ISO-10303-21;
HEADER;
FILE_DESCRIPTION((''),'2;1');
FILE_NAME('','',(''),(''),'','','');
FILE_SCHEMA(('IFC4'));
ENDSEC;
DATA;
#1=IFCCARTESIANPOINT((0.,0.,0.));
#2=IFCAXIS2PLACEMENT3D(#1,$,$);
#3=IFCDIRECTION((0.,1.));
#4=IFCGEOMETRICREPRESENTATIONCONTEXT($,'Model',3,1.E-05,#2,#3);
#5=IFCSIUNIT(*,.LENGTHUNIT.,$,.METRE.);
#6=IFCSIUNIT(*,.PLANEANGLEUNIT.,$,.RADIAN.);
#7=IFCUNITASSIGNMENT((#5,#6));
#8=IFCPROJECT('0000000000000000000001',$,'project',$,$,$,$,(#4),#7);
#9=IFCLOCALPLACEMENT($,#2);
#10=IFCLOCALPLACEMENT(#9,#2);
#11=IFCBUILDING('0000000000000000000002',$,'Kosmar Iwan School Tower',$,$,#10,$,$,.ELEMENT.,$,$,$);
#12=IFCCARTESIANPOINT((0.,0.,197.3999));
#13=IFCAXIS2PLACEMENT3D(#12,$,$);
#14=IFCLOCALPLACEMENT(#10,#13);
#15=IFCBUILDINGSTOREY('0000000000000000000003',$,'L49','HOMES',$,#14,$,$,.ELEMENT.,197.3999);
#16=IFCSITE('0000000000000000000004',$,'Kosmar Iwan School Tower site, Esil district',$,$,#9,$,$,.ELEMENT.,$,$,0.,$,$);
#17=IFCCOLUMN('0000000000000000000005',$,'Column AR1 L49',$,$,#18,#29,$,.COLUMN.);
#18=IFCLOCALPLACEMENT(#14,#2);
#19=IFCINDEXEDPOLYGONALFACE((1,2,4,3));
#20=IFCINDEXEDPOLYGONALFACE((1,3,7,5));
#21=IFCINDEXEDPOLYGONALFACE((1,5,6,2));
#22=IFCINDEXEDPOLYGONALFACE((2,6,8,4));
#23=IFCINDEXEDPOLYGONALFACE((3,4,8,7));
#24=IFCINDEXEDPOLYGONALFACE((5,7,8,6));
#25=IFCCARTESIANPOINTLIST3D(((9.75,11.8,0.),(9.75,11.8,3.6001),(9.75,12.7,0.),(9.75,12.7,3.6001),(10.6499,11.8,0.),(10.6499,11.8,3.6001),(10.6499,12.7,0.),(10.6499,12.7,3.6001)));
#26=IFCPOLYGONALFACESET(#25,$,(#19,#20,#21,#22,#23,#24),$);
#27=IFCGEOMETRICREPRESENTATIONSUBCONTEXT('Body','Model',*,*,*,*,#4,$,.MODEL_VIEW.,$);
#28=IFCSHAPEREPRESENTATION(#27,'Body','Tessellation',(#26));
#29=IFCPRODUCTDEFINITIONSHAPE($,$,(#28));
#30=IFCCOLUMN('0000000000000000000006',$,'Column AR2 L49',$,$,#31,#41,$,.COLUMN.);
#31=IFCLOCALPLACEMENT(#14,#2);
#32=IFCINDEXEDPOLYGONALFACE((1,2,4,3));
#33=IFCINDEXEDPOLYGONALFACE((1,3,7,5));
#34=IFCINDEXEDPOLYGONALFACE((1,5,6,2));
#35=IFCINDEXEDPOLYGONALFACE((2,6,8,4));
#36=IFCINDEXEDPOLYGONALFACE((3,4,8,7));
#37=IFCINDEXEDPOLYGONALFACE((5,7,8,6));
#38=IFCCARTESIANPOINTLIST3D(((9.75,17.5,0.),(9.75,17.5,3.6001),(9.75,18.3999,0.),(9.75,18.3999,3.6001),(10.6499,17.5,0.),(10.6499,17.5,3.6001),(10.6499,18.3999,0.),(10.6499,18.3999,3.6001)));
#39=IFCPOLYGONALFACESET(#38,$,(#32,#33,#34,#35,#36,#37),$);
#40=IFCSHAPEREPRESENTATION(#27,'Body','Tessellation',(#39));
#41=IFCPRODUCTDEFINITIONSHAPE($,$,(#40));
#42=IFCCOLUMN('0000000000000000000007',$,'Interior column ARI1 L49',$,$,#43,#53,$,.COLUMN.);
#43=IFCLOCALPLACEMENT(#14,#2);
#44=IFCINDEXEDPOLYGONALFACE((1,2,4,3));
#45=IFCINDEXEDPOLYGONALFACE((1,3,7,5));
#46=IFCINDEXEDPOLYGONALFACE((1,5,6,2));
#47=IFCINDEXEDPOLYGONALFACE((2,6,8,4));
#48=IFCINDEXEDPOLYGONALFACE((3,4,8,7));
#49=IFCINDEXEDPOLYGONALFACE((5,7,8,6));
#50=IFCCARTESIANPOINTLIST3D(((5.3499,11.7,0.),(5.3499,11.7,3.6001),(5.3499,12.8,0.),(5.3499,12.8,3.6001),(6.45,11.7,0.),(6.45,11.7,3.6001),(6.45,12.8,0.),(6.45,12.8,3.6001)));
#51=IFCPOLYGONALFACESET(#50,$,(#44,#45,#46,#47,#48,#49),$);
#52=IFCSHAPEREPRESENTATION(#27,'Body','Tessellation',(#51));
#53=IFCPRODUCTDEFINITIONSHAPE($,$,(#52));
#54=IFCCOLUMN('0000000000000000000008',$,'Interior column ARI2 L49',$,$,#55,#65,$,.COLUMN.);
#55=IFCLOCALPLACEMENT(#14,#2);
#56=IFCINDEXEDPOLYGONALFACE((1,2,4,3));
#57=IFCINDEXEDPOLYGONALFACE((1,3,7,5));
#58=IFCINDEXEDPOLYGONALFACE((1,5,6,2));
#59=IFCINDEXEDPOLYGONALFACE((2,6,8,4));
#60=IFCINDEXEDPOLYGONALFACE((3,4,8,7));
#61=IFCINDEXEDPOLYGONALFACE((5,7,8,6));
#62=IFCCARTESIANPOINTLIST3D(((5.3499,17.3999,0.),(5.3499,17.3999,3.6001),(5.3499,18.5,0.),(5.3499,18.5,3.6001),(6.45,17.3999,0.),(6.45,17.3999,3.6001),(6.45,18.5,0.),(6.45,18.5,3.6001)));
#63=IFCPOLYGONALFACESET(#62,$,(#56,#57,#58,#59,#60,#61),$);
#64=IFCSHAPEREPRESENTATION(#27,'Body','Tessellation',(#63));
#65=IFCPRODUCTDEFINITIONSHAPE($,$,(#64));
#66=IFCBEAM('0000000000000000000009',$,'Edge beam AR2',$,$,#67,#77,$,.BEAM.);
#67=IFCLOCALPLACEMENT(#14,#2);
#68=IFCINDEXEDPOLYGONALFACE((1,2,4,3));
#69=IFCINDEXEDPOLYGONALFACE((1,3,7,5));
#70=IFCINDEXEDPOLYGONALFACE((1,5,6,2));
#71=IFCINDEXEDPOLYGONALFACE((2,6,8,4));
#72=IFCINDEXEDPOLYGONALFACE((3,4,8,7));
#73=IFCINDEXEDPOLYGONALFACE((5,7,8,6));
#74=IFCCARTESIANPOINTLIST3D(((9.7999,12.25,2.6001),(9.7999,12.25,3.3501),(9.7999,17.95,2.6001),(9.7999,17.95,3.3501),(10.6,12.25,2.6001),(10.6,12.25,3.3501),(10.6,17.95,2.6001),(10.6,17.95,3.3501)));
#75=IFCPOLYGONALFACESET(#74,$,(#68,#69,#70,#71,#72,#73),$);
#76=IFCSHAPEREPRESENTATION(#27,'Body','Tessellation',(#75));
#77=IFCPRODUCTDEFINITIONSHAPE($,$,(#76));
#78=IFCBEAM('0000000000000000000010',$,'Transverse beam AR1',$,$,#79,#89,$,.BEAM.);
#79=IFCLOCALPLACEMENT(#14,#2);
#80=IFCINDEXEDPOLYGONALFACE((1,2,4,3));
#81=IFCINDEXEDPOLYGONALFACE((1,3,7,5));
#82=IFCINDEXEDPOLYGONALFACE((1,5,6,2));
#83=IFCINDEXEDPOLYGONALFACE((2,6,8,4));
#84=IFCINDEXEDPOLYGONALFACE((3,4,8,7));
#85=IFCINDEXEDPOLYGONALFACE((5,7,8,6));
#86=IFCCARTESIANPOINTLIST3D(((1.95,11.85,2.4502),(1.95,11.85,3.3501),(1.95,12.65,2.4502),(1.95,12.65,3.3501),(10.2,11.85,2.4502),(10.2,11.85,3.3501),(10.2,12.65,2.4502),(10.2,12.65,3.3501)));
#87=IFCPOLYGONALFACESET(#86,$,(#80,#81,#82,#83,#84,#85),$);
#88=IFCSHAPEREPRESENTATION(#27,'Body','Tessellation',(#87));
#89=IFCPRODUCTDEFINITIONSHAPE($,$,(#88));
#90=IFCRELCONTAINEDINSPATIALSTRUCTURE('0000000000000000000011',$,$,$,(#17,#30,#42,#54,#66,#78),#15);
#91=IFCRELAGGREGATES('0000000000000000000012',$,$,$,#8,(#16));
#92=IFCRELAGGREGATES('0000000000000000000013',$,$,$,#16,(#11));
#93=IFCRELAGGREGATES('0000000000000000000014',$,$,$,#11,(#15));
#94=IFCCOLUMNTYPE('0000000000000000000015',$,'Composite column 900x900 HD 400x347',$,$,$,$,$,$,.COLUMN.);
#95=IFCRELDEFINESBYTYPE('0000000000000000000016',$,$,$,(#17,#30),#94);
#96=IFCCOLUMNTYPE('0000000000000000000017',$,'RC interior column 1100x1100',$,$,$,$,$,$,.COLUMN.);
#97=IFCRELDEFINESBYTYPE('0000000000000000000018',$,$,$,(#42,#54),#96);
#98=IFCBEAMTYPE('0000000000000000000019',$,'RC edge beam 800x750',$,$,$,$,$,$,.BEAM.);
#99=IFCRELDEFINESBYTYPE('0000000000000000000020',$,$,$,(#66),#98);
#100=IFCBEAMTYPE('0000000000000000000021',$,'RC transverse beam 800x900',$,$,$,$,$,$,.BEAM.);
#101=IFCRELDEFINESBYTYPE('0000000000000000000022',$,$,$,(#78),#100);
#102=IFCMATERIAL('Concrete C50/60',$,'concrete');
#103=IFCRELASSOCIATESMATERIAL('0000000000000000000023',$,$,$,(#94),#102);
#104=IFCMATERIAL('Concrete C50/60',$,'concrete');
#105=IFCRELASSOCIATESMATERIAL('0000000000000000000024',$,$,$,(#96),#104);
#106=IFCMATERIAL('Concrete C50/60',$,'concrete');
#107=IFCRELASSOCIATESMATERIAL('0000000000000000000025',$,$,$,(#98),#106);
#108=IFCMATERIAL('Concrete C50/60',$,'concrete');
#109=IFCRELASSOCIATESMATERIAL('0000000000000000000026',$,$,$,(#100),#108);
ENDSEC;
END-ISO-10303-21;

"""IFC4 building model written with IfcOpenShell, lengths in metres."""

from ifc_helpers import new_model, si_unit, direction, frame, origin, origin_2d, place, context, subcontext, project, spatial, rectangle, extrude, material, material_profile, profile_set, type_object, element, save


model = new_model("IFC4")

# Units and contexts
model_context = context("Model", 3, precision=1e-05, world=origin(), true_north=direction((0.0, 1.0)))
body_context = subcontext(model_context, "Body", "Model", "MODEL_VIEW")
ifc_project = project(units=[si_unit("LENGTHUNIT", "METRE"), si_unit("PLANEANGLEUNIT", "RADIAN")], contexts=[model_context])

# Site, building, storey
site_placement = place(None, origin())
site = spatial("IfcSite", under=ifc_project, at=site_placement, Name="Kosmar Iwan School Tower site, Esil district", CompositionType="ELEMENT", RefElevation=0.0)
building_placement = place(site_placement, origin())
building = spatial("IfcBuilding", under=site, at=building_placement, Name="Kosmar Iwan School Tower", CompositionType="ELEMENT")
storey_placement = place(building_placement, frame((0.0, 0.0, 197.3999)))
storey = spatial("IfcBuildingStorey", under=building, at=storey_placement, Name="L49", Description="HOMES", CompositionType="ELEMENT", Elevation=197.3999)

# Columns
ifc_material_1 = material(Name="Concrete C50/60", Category="concrete")
ifc_material_profile_1 = material_profile(ifc_material_1, rectangle(XDim=0.8999, YDim=0.8999, at=origin_2d()), Name="RC 900x900 + HD 400x347")
ifc_profile_set_1 = profile_set([ifc_material_profile_1], Name="Concrete C50/60")
column_type_1 = type_object("IfcColumnType", Name="Composite column 900x900 HD 400x347", PredefinedType="COLUMN", material=ifc_profile_set_1)
for number, where, z_axis, x_axis, name in (
    (1, (10.2, 12.25, 0.0), (0.0, 0.0, 1.0), (0.0, 1.0, 0.0), "Column AR1 L49"),
    (2, (10.2, 17.95, 0.0), (0.0, 0.0, 1.0), (0.0, 1.0, 0.0), "Column AR2 L49"),
):
    element("IfcColumn", number, at=place(storey_placement, frame(where, z_axis=z_axis, x_axis=x_axis)), inside=storey, type_object=column_type_1, Name=name, PredefinedType="COLUMN", context=body_context, shape_type="SweptSolid", body=[
        extrude(rectangle(XDim=0.8999, YDim=0.8999, at=origin_2d()), origin(), (0.0, 0.0, 1.0), 3.6001),
    ])
ifc_material_2 = material(Name="Concrete C50/60", Category="concrete")
ifc_material_profile_2 = material_profile(ifc_material_2, rectangle(XDim=1.1001, YDim=1.1001, at=origin_2d()), Name="RC 1100x1100")
ifc_profile_set_2 = profile_set([ifc_material_profile_2], Name="Concrete C50/60")
column_type_2 = type_object("IfcColumnType", Name="RC interior column 1100x1100", PredefinedType="COLUMN", material=ifc_profile_set_2)
for number, where, z_axis, x_axis, name in (
    (3, (5.8999, 12.25, 0.0), (0.0, 0.0, 1.0), (0.0, 1.0, 0.0), "Interior column ARI1 L49"),
    (4, (5.8999, 17.95, 0.0), (0.0, 0.0, 1.0), (0.0, 1.0, 0.0), "Interior column ARI2 L49"),
):
    element("IfcColumn", number, at=place(storey_placement, frame(where, z_axis=z_axis, x_axis=x_axis)), inside=storey, type_object=column_type_2, Name=name, PredefinedType="COLUMN", context=body_context, shape_type="SweptSolid", body=[
        extrude(rectangle(XDim=1.1001, YDim=1.1001, at=origin_2d()), origin(), (0.0, 0.0, 1.0), 3.6001),
    ])

# Beams
ifc_material_3 = material(Name="Concrete C50/60", Category="concrete")
ifc_material_profile_3 = material_profile(ifc_material_3, rectangle(XDim=0.8, YDim=0.75, at=origin_2d()), Name="RC 800x750")
ifc_profile_set_3 = profile_set([ifc_material_profile_3], Name="Concrete C50/60")
beam_type_1 = type_object("IfcBeamType", Name="RC edge beam 800x750", PredefinedType="BEAM", material=ifc_profile_set_3)
beam_1_placement = place(storey_placement, frame((10.2, 12.25, 2.9751), z_axis=(0.0, 1.0, 0.0), x_axis=(-1.0, 0.0, 0.0)))
element("IfcBeam", 5, at=beam_1_placement, inside=storey, type_object=beam_type_1, Name="Edge beam AR2", PredefinedType="BEAM", context=body_context, shape_type="SweptSolid", body=[
    extrude(rectangle(XDim=0.8, YDim=0.75, at=origin_2d()), origin(), (0.0, 0.0, 1.0), 5.7),
])
ifc_material_4 = material(Name="Concrete C50/60", Category="concrete")
ifc_material_profile_4 = material_profile(ifc_material_4, rectangle(XDim=0.8, YDim=0.8999, at=origin_2d()), Name="RC 800x900")
ifc_profile_set_4 = profile_set([ifc_material_profile_4], Name="Concrete C50/60")
beam_type_2 = type_object("IfcBeamType", Name="RC transverse beam 800x900", PredefinedType="BEAM", material=ifc_profile_set_4)
beam_2_placement = place(storey_placement, frame((10.2, 12.25, 2.9001), z_axis=(-1.0, 0.0, 0.0), x_axis=(0.0, -1.0, 0.0)))
element("IfcBeam", 6, at=beam_2_placement, inside=storey, type_object=beam_type_2, Name="Transverse beam AR1", PredefinedType="BEAM", context=body_context, shape_type="SweptSolid", body=[
    extrude(rectangle(XDim=0.8, YDim=0.8999, at=origin_2d()), origin(), (0.0, 0.0, 1.0), 8.25),
])

save(model, "model.ifc")
